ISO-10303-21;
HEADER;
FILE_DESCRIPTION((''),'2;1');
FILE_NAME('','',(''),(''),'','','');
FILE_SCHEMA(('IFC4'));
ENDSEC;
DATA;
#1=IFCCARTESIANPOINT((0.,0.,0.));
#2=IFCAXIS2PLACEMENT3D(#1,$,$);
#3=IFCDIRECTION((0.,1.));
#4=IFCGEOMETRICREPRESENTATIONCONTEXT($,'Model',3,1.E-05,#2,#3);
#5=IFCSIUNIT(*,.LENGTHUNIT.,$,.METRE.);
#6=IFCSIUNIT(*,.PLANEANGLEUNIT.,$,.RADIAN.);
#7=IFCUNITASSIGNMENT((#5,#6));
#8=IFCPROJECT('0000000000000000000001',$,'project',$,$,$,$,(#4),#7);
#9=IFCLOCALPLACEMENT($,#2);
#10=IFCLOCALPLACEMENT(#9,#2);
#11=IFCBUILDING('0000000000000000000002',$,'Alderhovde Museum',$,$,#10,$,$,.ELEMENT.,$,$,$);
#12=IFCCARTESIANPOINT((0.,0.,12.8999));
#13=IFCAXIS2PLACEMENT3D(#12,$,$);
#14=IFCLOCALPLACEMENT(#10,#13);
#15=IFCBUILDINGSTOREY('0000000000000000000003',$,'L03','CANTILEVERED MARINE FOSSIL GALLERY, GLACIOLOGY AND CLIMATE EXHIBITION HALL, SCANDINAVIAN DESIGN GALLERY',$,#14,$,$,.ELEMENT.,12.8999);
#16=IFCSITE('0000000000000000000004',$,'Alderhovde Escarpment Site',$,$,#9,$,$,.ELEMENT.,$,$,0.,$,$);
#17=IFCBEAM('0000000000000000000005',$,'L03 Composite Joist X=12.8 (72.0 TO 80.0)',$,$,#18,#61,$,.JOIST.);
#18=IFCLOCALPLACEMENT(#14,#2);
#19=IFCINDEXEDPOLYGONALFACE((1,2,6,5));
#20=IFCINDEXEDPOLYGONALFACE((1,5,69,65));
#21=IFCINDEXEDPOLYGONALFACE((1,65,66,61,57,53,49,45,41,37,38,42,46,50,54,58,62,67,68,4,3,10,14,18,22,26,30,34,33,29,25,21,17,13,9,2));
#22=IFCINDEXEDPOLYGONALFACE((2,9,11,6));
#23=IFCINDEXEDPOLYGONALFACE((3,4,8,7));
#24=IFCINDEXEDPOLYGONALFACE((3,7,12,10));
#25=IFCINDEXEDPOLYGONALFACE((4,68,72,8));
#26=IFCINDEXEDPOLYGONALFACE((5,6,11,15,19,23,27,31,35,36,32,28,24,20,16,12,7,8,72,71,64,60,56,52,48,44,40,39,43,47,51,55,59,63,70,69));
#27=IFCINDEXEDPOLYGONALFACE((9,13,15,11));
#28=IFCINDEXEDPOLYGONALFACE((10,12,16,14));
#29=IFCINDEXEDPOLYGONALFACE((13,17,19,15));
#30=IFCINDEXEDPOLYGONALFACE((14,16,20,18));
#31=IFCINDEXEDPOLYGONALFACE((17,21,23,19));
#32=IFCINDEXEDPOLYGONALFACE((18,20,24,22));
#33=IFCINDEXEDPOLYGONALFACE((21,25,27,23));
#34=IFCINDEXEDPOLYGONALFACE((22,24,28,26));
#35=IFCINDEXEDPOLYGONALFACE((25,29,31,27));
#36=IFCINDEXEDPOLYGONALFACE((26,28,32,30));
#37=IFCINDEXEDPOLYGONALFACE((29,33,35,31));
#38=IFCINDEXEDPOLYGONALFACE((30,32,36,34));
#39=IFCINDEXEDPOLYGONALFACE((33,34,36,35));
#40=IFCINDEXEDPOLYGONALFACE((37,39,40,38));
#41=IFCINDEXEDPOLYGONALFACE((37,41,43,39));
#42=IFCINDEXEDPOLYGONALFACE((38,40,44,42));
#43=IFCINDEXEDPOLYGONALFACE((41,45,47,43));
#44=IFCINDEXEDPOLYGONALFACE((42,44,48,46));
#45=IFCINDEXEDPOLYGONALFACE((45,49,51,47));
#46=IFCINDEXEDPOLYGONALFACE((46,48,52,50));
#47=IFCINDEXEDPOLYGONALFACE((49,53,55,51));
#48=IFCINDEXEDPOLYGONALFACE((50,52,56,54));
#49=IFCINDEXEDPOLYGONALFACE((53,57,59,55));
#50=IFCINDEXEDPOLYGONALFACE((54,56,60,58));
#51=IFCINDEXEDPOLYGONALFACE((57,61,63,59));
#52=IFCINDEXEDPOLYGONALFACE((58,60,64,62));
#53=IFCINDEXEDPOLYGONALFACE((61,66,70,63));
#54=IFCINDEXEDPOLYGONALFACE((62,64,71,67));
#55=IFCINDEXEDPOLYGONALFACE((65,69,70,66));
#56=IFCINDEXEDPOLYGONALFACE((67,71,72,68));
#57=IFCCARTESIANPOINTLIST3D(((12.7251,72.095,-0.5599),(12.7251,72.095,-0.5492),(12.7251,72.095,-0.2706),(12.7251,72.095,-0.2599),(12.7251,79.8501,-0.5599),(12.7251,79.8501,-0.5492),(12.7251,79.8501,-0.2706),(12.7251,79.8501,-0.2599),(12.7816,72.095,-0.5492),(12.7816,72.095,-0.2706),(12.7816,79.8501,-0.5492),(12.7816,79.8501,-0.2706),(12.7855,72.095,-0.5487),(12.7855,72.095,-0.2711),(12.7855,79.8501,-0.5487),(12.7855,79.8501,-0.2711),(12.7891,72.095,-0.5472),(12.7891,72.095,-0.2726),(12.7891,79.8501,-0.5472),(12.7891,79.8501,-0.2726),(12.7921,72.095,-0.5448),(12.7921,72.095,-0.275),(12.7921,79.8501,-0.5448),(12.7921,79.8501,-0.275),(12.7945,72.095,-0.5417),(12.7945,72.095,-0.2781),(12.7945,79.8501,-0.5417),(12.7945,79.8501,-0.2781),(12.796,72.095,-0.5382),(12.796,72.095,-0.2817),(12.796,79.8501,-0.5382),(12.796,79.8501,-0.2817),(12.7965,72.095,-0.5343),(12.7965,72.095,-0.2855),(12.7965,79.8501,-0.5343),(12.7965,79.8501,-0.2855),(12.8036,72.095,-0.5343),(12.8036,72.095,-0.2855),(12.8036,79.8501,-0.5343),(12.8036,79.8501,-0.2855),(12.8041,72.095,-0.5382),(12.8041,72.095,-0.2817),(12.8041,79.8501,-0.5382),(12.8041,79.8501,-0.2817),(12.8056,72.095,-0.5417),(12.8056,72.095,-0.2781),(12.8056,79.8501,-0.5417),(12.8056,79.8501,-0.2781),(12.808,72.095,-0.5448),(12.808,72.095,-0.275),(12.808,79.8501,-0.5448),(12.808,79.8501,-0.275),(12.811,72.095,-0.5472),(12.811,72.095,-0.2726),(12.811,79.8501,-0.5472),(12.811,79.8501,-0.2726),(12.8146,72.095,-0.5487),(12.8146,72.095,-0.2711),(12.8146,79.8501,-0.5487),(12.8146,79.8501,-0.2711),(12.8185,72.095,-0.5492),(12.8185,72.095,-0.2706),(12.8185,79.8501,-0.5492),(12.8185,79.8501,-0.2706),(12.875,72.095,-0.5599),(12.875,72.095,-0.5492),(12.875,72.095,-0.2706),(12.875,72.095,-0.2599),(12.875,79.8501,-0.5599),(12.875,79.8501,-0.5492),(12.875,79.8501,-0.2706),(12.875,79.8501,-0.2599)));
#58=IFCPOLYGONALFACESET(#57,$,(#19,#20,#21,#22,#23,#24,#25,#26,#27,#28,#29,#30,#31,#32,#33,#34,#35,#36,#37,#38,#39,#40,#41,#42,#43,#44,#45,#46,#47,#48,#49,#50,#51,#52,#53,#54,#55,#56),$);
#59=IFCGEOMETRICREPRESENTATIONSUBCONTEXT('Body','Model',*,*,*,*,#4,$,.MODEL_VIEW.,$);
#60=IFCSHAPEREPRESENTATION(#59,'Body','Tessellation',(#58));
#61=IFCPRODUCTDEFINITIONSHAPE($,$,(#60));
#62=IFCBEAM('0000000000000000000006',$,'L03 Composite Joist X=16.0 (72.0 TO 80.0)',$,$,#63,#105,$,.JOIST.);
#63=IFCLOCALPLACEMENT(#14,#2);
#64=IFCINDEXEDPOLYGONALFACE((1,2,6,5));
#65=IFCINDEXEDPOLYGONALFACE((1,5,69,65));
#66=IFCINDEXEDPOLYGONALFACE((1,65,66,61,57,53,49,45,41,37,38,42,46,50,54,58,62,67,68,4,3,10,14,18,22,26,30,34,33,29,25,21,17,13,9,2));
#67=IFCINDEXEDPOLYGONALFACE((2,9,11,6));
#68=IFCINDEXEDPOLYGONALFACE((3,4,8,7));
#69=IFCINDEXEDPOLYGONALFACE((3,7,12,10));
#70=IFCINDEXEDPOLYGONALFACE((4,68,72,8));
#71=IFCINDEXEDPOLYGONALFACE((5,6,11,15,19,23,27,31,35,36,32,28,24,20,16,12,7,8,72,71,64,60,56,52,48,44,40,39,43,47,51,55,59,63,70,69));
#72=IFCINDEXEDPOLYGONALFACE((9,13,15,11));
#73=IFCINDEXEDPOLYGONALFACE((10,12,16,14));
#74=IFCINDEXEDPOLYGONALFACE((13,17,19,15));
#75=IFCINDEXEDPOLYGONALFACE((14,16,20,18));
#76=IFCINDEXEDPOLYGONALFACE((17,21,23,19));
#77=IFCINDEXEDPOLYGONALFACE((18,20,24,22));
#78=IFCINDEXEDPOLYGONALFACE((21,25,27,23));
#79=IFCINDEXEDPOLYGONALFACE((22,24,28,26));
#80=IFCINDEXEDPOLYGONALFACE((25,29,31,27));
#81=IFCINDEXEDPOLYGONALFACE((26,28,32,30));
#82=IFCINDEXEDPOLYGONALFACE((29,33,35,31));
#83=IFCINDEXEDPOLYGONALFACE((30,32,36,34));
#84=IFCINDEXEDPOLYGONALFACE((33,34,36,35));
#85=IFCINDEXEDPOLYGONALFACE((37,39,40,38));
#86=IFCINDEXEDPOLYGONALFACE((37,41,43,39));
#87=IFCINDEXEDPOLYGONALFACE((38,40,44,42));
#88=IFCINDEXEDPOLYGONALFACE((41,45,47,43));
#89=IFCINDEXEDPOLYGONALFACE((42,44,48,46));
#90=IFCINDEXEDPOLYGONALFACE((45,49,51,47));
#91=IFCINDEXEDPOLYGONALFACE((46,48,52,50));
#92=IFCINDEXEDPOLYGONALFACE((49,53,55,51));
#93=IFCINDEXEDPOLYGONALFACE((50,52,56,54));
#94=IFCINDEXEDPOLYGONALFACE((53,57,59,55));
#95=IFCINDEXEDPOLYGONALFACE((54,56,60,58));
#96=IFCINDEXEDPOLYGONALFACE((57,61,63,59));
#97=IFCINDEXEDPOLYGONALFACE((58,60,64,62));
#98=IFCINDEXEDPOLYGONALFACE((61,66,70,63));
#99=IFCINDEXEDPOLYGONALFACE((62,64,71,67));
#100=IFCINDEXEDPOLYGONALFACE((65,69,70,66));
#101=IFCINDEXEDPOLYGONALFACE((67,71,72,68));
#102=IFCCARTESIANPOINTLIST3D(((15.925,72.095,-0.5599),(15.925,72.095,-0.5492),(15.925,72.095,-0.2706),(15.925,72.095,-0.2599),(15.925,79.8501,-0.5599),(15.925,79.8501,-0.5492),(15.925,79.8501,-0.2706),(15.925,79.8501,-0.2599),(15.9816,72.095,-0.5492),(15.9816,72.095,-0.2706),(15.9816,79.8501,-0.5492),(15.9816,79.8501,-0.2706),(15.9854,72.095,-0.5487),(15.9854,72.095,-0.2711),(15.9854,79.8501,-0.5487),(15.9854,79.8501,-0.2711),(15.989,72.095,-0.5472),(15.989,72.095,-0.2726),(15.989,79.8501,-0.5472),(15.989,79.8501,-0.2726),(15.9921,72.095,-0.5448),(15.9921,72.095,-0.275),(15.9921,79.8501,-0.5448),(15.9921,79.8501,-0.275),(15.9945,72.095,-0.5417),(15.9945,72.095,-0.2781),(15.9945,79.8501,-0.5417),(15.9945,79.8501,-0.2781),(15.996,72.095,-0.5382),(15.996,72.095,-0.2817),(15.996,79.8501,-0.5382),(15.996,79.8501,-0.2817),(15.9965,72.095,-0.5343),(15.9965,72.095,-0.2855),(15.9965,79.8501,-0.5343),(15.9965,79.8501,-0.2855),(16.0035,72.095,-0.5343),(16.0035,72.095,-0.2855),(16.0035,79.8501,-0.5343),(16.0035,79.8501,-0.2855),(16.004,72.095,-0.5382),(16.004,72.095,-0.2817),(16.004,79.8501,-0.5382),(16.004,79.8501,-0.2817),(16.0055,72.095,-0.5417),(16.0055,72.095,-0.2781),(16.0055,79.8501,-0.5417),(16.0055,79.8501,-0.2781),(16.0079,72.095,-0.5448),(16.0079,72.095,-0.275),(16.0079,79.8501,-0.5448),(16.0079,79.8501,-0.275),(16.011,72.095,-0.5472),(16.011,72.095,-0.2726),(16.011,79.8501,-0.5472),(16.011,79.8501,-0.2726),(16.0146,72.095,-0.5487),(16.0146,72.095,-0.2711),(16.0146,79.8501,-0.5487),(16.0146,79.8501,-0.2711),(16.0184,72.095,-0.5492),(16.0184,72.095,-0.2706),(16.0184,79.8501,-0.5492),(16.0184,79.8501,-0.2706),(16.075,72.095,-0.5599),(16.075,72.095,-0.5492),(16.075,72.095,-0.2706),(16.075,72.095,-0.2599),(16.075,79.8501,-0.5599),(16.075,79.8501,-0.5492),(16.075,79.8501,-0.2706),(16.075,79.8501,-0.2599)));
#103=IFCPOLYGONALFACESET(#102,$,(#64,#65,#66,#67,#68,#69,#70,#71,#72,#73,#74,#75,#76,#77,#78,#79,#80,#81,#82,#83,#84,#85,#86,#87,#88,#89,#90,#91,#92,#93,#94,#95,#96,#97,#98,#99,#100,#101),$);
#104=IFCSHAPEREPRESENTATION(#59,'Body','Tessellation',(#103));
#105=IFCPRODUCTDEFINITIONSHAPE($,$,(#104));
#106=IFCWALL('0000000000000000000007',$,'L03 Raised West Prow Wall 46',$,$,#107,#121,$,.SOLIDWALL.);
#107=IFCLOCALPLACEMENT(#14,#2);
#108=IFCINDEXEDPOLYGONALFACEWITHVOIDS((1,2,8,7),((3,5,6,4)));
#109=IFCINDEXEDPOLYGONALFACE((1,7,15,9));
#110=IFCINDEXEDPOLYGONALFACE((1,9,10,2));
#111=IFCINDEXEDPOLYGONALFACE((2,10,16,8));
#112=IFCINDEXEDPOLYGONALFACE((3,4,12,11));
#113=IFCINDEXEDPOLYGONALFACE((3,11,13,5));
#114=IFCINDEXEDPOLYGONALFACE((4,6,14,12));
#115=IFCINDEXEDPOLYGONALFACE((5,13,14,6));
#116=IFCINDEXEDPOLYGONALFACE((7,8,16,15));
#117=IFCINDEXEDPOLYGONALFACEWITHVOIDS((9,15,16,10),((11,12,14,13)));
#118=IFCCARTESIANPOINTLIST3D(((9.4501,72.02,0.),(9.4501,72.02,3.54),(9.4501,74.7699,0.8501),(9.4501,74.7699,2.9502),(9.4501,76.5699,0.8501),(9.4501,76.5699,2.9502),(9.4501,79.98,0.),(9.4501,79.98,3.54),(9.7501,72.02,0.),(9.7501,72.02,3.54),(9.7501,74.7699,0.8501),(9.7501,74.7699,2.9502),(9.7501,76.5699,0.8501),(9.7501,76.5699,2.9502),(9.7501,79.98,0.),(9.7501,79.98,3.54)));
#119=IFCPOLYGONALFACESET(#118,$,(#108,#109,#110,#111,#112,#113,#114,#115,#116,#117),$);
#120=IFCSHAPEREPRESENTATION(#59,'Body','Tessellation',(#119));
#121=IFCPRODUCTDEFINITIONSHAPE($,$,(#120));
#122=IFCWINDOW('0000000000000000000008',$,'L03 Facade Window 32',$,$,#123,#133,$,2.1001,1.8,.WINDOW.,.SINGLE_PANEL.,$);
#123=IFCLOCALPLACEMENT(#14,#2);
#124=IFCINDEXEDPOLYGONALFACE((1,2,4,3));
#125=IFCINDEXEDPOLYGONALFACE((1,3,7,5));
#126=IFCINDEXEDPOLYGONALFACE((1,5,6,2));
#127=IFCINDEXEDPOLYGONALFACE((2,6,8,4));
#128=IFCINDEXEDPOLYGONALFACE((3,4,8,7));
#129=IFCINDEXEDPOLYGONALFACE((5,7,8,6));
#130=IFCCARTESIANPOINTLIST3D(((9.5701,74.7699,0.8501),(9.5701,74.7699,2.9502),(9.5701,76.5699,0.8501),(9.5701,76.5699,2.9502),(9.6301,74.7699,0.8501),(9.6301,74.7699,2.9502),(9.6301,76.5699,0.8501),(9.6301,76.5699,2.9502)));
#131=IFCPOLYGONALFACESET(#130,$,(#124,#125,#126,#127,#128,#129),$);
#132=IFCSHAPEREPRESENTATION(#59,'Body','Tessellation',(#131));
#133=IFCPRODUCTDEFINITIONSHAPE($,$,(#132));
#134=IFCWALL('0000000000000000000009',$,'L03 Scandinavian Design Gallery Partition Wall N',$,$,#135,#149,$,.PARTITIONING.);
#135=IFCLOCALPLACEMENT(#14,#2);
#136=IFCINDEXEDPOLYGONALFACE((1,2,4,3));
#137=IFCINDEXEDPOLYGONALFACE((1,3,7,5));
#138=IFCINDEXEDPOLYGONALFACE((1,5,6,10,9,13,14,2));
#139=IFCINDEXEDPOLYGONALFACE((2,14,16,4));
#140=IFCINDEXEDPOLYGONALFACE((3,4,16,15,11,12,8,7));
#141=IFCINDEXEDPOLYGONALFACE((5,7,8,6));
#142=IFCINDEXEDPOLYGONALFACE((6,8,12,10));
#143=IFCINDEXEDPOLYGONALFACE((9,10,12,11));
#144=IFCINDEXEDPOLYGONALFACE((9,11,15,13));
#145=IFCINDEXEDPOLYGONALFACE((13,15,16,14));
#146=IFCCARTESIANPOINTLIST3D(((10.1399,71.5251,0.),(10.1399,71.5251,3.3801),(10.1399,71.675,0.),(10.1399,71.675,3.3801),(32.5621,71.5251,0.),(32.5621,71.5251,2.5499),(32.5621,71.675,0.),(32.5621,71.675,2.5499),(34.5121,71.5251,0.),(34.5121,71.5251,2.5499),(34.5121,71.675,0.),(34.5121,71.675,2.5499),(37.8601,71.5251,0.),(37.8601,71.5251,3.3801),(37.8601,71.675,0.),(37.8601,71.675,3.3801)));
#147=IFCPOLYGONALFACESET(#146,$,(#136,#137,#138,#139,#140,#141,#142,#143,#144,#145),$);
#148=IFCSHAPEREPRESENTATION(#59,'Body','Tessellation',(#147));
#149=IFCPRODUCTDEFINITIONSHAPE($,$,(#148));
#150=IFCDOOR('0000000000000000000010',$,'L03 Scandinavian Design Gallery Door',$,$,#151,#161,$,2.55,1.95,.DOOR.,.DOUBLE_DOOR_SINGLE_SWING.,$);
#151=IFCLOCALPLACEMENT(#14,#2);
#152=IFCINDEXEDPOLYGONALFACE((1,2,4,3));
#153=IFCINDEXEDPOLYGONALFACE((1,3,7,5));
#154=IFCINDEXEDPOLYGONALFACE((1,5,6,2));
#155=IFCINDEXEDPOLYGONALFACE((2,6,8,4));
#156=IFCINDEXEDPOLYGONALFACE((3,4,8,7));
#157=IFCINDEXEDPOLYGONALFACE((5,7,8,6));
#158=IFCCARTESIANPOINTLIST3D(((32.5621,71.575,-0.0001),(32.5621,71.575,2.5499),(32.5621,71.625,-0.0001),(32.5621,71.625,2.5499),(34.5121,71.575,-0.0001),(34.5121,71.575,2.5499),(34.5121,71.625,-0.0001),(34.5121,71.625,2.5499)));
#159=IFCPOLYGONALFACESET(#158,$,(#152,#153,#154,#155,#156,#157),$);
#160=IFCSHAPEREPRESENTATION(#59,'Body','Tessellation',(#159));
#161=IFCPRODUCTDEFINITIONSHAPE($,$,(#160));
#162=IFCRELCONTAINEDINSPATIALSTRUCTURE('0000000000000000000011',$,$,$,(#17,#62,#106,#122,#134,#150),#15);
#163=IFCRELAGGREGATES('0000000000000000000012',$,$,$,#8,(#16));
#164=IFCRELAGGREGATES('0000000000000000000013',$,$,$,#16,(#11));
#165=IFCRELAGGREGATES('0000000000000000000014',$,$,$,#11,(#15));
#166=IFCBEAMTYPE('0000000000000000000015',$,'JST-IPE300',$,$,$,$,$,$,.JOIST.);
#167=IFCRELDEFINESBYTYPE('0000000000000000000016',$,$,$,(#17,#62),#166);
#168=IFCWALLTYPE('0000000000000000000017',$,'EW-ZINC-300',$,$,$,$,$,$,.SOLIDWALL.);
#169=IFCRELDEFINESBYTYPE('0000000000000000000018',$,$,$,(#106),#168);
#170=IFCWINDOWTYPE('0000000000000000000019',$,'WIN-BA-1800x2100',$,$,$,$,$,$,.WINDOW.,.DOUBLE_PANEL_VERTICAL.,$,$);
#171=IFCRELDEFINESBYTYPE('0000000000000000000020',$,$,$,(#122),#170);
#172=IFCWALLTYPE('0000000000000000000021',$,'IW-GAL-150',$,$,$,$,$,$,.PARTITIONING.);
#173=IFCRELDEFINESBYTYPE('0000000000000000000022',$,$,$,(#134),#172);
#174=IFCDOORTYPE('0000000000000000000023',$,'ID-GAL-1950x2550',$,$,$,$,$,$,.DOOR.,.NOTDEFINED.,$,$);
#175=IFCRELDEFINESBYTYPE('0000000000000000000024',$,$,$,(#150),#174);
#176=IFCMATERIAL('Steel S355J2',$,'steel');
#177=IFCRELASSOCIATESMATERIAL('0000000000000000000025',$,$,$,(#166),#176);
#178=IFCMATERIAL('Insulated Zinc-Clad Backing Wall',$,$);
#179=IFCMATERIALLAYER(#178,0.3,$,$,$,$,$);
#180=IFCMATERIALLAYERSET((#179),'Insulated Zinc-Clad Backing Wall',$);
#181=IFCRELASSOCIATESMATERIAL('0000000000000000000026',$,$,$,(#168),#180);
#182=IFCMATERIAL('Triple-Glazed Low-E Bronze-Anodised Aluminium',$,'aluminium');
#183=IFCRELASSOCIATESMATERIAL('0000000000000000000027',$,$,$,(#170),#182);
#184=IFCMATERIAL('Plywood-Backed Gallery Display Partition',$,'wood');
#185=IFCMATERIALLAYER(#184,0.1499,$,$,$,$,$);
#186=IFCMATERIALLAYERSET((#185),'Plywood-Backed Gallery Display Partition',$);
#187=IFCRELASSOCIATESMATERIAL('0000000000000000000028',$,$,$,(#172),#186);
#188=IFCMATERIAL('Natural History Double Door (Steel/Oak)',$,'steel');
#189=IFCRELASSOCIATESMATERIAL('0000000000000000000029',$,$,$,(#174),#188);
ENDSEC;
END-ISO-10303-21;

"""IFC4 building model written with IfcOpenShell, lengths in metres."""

from ifc_helpers import new_model, si_unit, direction, frame, frame_2d, origin, origin_2d, place, context, subcontext, project, spatial, rectangle, i_section, extrude, material, layer, layer_set, material_profile, profile_set, type_object, element, fill, save


model = new_model("IFC4")

# Units and contexts
model_context = context("Model", 3, precision=1e-05, world=origin(), true_north=direction((0.0, 1.0)))
body_context = subcontext(model_context, "Body", "Model", "MODEL_VIEW")
ifc_project = project(units=[si_unit("LENGTHUNIT", "METRE"), si_unit("PLANEANGLEUNIT", "RADIAN")], contexts=[model_context])

# Site, building, storey
site_placement = place(None, origin())
site = spatial("IfcSite", under=ifc_project, at=site_placement, Name="Alderhovde Escarpment Site", CompositionType="ELEMENT", RefElevation=0.0)
building_placement = place(site_placement, origin())
building = spatial("IfcBuilding", under=site, at=building_placement, Name="Alderhovde Museum", CompositionType="ELEMENT")
storey_placement = place(building_placement, frame((0.0, 0.0, 12.8999)))
storey = spatial("IfcBuildingStorey", under=building, at=storey_placement, Name="L03", Description="CANTILEVERED MARINE FOSSIL GALLERY, GLACIOLOGY AND CLIMATE EXHIBITION HALL, SCANDINAVIAN DESIGN GALLERY", CompositionType="ELEMENT", Elevation=12.8999)

# Beams
ifc_material_1 = material(Name="Steel S355J2", Category="steel")
ifc_material_profile_1 = material_profile(ifc_material_1, i_section(OverallWidth=0.1499, OverallDepth=0.3, WebThickness=0.0071, FlangeThickness=0.0107, FilletRadius=0.0149, at=origin_2d()), Name="IPE 300")
ifc_profile_set_1 = profile_set([ifc_material_profile_1], Name="Steel S355J2")
beam_type_1 = type_object("IfcBeamType", Name="JST-IPE300", PredefinedType="JOIST", material=ifc_profile_set_1)
for number, where, z_axis, x_axis, name in (
    (1, (12.8, 72.095, -0.4099), (0.0, 1.0, 0.0), (-1.0, 0.0, 0.0), "L03 Composite Joist X=12.8 (72.0 TO 80.0)"),
    (2, (16.0, 72.095, -0.4099), (0.0, 1.0, 0.0), (-1.0, 0.0, 0.0), "L03 Composite Joist X=16.0 (72.0 TO 80.0)"),
):
    element("IfcBeam", number, at=place(storey_placement, frame(where, z_axis=z_axis, x_axis=x_axis)), inside=storey, type_object=beam_type_1, Name=name, PredefinedType="JOIST", context=body_context, shape_type="SweptSolid", body=[
        extrude(i_section(OverallWidth=0.1499, OverallDepth=0.3, WebThickness=0.0071, FlangeThickness=0.0107, FilletRadius=0.0149, at=origin_2d()), origin(), (0.0, 0.0, 1.0), 7.7551),
    ])

# Wall, opening, window
ifc_material_2 = material(Name="Insulated Zinc-Clad Backing Wall")
ifc_layer_1 = layer(ifc_material_2, 0.3)
ifc_layer_set_1 = layer_set([ifc_layer_1], Name="Insulated Zinc-Clad Backing Wall")
wall_type_1 = type_object("IfcWallType", Name="EW-ZINC-300", PredefinedType="SOLIDWALL", material=ifc_layer_set_1)
wall_1_placement = place(storey_placement, frame((9.6001, 72.02, 0.0), z_axis=(0.0, 0.0, 1.0), x_axis=(0.0, 1.0, 0.0)))
wall_1 = element("IfcWall", 3, at=wall_1_placement, inside=storey, type_object=wall_type_1, Name="L03 Raised West Prow Wall 46", PredefinedType="SOLIDWALL", context=body_context, shape_type="SweptSolid", body=[
    extrude(rectangle(XDim=7.96, YDim=0.3, at=frame_2d((3.98, 0.0))), origin(), (0.0, 0.0, 1.0), 3.54),
])
opening_1_placement = place(wall_1_placement, frame((2.75, 0.0, 0.8501)))
opening_1 = element("IfcOpeningElement", 4, at=opening_1_placement, cuts=wall_1, PredefinedType="OPENING", context=body_context, shape_type="SweptSolid", body=[
    extrude(rectangle(XDim=1.8, YDim=2.1001, at=frame_2d((0.8999, 1.05))), frame((0.0, 0.1599, 0.0), z_axis=(0.0, -1.0, 0.0), x_axis=(1.0, 0.0, 0.0)), (0.0, 0.0, 1.0), 0.3201),
])
ifc_material_3 = material(Name="Triple-Glazed Low-E Bronze-Anodised Aluminium", Category="aluminium")
window_type = type_object("IfcWindowType", Name="WIN-BA-1800x2100", PartitioningType="DOUBLE_PANEL_VERTICAL", PredefinedType="WINDOW", material=ifc_material_3)
window_placement = place(opening_1_placement, origin())
window = element("IfcWindow", 5, at=window_placement, inside=storey, type_object=window_type, Name="L03 Facade Window 32", OverallHeight=2.1001, OverallWidth=1.8, PartitioningType="SINGLE_PANEL", PredefinedType="WINDOW", context=body_context, shape_type="SweptSolid", body=[
    extrude(rectangle(XDim=1.8, YDim=2.1001, at=frame_2d((0.8999, 1.05))), frame((0.0, 0.03, 0.0), z_axis=(0.0, -1.0, 0.0), x_axis=(1.0, 0.0, 0.0)), (0.0, 0.0, 1.0), 0.0601),
])
fill(opening_1, window)

# Wall, opening, door
ifc_material_4 = material(Name="Plywood-Backed Gallery Display Partition", Category="wood")
ifc_layer_2 = layer(ifc_material_4, 0.1499)
ifc_layer_set_2 = layer_set([ifc_layer_2], Name="Plywood-Backed Gallery Display Partition")
wall_type_2 = type_object("IfcWallType", Name="IW-GAL-150", PredefinedType="PARTITIONING", material=ifc_layer_set_2)
wall_2_placement = place(storey_placement, frame((10.1399, 71.6001, 0.0), z_axis=(0.0, 0.0, 1.0), x_axis=(1.0, 0.0, 0.0)))
wall_2 = element("IfcWall", 6, at=wall_2_placement, inside=storey, type_object=wall_type_2, Name="L03 Scandinavian Design Gallery Partition Wall N", PredefinedType="PARTITIONING", context=body_context, shape_type="SweptSolid", body=[
    extrude(rectangle(XDim=27.7202, YDim=0.1499, at=frame_2d((13.8601, 0.0))), origin(), (0.0, 0.0, 1.0), 3.3801),
])
opening_2_placement = place(wall_2_placement, frame((22.4221, 0.0, 0.0)))
opening_2 = element("IfcOpeningElement", 7, at=opening_2_placement, cuts=wall_2, PredefinedType="OPENING", context=body_context, shape_type="SweptSolid", body=[
    extrude(rectangle(XDim=1.95, YDim=2.55, at=frame_2d((0.9751, 1.2749))), frame((0.0, 0.085, 0.0), z_axis=(0.0, -1.0, 0.0), x_axis=(1.0, 0.0, 0.0)), (0.0, 0.0, 1.0), 0.1699),
])
ifc_material_5 = material(Name="Natural History Double Door (Steel/Oak)", Category="steel")
door_type_1 = type_object("IfcDoorType", Name="ID-GAL-1950x2550", OperationType="NOTDEFINED", PredefinedType="DOOR", material=ifc_material_5)
door_1_placement = place(opening_2_placement, origin())
door_1 = element("IfcDoor", 8, at=door_1_placement, inside=storey, type_object=door_type_1, Name="L03 Scandinavian Design Gallery Door", OperationType="DOUBLE_DOOR_SINGLE_SWING", OverallHeight=2.55, OverallWidth=1.95, PredefinedType="DOOR", context=body_context, shape_type="SweptSolid", body=[
    extrude(rectangle(XDim=1.95, YDim=2.55, at=frame_2d((0.9751, 1.2749))), frame((0.0, 0.0249, 0.0), z_axis=(0.0, -1.0, 0.0), x_axis=(1.0, 0.0, 0.0)), (0.0, 0.0, 1.0), 0.05),
])
fill(opening_2, door_1)

save(model, "model.ifc")
